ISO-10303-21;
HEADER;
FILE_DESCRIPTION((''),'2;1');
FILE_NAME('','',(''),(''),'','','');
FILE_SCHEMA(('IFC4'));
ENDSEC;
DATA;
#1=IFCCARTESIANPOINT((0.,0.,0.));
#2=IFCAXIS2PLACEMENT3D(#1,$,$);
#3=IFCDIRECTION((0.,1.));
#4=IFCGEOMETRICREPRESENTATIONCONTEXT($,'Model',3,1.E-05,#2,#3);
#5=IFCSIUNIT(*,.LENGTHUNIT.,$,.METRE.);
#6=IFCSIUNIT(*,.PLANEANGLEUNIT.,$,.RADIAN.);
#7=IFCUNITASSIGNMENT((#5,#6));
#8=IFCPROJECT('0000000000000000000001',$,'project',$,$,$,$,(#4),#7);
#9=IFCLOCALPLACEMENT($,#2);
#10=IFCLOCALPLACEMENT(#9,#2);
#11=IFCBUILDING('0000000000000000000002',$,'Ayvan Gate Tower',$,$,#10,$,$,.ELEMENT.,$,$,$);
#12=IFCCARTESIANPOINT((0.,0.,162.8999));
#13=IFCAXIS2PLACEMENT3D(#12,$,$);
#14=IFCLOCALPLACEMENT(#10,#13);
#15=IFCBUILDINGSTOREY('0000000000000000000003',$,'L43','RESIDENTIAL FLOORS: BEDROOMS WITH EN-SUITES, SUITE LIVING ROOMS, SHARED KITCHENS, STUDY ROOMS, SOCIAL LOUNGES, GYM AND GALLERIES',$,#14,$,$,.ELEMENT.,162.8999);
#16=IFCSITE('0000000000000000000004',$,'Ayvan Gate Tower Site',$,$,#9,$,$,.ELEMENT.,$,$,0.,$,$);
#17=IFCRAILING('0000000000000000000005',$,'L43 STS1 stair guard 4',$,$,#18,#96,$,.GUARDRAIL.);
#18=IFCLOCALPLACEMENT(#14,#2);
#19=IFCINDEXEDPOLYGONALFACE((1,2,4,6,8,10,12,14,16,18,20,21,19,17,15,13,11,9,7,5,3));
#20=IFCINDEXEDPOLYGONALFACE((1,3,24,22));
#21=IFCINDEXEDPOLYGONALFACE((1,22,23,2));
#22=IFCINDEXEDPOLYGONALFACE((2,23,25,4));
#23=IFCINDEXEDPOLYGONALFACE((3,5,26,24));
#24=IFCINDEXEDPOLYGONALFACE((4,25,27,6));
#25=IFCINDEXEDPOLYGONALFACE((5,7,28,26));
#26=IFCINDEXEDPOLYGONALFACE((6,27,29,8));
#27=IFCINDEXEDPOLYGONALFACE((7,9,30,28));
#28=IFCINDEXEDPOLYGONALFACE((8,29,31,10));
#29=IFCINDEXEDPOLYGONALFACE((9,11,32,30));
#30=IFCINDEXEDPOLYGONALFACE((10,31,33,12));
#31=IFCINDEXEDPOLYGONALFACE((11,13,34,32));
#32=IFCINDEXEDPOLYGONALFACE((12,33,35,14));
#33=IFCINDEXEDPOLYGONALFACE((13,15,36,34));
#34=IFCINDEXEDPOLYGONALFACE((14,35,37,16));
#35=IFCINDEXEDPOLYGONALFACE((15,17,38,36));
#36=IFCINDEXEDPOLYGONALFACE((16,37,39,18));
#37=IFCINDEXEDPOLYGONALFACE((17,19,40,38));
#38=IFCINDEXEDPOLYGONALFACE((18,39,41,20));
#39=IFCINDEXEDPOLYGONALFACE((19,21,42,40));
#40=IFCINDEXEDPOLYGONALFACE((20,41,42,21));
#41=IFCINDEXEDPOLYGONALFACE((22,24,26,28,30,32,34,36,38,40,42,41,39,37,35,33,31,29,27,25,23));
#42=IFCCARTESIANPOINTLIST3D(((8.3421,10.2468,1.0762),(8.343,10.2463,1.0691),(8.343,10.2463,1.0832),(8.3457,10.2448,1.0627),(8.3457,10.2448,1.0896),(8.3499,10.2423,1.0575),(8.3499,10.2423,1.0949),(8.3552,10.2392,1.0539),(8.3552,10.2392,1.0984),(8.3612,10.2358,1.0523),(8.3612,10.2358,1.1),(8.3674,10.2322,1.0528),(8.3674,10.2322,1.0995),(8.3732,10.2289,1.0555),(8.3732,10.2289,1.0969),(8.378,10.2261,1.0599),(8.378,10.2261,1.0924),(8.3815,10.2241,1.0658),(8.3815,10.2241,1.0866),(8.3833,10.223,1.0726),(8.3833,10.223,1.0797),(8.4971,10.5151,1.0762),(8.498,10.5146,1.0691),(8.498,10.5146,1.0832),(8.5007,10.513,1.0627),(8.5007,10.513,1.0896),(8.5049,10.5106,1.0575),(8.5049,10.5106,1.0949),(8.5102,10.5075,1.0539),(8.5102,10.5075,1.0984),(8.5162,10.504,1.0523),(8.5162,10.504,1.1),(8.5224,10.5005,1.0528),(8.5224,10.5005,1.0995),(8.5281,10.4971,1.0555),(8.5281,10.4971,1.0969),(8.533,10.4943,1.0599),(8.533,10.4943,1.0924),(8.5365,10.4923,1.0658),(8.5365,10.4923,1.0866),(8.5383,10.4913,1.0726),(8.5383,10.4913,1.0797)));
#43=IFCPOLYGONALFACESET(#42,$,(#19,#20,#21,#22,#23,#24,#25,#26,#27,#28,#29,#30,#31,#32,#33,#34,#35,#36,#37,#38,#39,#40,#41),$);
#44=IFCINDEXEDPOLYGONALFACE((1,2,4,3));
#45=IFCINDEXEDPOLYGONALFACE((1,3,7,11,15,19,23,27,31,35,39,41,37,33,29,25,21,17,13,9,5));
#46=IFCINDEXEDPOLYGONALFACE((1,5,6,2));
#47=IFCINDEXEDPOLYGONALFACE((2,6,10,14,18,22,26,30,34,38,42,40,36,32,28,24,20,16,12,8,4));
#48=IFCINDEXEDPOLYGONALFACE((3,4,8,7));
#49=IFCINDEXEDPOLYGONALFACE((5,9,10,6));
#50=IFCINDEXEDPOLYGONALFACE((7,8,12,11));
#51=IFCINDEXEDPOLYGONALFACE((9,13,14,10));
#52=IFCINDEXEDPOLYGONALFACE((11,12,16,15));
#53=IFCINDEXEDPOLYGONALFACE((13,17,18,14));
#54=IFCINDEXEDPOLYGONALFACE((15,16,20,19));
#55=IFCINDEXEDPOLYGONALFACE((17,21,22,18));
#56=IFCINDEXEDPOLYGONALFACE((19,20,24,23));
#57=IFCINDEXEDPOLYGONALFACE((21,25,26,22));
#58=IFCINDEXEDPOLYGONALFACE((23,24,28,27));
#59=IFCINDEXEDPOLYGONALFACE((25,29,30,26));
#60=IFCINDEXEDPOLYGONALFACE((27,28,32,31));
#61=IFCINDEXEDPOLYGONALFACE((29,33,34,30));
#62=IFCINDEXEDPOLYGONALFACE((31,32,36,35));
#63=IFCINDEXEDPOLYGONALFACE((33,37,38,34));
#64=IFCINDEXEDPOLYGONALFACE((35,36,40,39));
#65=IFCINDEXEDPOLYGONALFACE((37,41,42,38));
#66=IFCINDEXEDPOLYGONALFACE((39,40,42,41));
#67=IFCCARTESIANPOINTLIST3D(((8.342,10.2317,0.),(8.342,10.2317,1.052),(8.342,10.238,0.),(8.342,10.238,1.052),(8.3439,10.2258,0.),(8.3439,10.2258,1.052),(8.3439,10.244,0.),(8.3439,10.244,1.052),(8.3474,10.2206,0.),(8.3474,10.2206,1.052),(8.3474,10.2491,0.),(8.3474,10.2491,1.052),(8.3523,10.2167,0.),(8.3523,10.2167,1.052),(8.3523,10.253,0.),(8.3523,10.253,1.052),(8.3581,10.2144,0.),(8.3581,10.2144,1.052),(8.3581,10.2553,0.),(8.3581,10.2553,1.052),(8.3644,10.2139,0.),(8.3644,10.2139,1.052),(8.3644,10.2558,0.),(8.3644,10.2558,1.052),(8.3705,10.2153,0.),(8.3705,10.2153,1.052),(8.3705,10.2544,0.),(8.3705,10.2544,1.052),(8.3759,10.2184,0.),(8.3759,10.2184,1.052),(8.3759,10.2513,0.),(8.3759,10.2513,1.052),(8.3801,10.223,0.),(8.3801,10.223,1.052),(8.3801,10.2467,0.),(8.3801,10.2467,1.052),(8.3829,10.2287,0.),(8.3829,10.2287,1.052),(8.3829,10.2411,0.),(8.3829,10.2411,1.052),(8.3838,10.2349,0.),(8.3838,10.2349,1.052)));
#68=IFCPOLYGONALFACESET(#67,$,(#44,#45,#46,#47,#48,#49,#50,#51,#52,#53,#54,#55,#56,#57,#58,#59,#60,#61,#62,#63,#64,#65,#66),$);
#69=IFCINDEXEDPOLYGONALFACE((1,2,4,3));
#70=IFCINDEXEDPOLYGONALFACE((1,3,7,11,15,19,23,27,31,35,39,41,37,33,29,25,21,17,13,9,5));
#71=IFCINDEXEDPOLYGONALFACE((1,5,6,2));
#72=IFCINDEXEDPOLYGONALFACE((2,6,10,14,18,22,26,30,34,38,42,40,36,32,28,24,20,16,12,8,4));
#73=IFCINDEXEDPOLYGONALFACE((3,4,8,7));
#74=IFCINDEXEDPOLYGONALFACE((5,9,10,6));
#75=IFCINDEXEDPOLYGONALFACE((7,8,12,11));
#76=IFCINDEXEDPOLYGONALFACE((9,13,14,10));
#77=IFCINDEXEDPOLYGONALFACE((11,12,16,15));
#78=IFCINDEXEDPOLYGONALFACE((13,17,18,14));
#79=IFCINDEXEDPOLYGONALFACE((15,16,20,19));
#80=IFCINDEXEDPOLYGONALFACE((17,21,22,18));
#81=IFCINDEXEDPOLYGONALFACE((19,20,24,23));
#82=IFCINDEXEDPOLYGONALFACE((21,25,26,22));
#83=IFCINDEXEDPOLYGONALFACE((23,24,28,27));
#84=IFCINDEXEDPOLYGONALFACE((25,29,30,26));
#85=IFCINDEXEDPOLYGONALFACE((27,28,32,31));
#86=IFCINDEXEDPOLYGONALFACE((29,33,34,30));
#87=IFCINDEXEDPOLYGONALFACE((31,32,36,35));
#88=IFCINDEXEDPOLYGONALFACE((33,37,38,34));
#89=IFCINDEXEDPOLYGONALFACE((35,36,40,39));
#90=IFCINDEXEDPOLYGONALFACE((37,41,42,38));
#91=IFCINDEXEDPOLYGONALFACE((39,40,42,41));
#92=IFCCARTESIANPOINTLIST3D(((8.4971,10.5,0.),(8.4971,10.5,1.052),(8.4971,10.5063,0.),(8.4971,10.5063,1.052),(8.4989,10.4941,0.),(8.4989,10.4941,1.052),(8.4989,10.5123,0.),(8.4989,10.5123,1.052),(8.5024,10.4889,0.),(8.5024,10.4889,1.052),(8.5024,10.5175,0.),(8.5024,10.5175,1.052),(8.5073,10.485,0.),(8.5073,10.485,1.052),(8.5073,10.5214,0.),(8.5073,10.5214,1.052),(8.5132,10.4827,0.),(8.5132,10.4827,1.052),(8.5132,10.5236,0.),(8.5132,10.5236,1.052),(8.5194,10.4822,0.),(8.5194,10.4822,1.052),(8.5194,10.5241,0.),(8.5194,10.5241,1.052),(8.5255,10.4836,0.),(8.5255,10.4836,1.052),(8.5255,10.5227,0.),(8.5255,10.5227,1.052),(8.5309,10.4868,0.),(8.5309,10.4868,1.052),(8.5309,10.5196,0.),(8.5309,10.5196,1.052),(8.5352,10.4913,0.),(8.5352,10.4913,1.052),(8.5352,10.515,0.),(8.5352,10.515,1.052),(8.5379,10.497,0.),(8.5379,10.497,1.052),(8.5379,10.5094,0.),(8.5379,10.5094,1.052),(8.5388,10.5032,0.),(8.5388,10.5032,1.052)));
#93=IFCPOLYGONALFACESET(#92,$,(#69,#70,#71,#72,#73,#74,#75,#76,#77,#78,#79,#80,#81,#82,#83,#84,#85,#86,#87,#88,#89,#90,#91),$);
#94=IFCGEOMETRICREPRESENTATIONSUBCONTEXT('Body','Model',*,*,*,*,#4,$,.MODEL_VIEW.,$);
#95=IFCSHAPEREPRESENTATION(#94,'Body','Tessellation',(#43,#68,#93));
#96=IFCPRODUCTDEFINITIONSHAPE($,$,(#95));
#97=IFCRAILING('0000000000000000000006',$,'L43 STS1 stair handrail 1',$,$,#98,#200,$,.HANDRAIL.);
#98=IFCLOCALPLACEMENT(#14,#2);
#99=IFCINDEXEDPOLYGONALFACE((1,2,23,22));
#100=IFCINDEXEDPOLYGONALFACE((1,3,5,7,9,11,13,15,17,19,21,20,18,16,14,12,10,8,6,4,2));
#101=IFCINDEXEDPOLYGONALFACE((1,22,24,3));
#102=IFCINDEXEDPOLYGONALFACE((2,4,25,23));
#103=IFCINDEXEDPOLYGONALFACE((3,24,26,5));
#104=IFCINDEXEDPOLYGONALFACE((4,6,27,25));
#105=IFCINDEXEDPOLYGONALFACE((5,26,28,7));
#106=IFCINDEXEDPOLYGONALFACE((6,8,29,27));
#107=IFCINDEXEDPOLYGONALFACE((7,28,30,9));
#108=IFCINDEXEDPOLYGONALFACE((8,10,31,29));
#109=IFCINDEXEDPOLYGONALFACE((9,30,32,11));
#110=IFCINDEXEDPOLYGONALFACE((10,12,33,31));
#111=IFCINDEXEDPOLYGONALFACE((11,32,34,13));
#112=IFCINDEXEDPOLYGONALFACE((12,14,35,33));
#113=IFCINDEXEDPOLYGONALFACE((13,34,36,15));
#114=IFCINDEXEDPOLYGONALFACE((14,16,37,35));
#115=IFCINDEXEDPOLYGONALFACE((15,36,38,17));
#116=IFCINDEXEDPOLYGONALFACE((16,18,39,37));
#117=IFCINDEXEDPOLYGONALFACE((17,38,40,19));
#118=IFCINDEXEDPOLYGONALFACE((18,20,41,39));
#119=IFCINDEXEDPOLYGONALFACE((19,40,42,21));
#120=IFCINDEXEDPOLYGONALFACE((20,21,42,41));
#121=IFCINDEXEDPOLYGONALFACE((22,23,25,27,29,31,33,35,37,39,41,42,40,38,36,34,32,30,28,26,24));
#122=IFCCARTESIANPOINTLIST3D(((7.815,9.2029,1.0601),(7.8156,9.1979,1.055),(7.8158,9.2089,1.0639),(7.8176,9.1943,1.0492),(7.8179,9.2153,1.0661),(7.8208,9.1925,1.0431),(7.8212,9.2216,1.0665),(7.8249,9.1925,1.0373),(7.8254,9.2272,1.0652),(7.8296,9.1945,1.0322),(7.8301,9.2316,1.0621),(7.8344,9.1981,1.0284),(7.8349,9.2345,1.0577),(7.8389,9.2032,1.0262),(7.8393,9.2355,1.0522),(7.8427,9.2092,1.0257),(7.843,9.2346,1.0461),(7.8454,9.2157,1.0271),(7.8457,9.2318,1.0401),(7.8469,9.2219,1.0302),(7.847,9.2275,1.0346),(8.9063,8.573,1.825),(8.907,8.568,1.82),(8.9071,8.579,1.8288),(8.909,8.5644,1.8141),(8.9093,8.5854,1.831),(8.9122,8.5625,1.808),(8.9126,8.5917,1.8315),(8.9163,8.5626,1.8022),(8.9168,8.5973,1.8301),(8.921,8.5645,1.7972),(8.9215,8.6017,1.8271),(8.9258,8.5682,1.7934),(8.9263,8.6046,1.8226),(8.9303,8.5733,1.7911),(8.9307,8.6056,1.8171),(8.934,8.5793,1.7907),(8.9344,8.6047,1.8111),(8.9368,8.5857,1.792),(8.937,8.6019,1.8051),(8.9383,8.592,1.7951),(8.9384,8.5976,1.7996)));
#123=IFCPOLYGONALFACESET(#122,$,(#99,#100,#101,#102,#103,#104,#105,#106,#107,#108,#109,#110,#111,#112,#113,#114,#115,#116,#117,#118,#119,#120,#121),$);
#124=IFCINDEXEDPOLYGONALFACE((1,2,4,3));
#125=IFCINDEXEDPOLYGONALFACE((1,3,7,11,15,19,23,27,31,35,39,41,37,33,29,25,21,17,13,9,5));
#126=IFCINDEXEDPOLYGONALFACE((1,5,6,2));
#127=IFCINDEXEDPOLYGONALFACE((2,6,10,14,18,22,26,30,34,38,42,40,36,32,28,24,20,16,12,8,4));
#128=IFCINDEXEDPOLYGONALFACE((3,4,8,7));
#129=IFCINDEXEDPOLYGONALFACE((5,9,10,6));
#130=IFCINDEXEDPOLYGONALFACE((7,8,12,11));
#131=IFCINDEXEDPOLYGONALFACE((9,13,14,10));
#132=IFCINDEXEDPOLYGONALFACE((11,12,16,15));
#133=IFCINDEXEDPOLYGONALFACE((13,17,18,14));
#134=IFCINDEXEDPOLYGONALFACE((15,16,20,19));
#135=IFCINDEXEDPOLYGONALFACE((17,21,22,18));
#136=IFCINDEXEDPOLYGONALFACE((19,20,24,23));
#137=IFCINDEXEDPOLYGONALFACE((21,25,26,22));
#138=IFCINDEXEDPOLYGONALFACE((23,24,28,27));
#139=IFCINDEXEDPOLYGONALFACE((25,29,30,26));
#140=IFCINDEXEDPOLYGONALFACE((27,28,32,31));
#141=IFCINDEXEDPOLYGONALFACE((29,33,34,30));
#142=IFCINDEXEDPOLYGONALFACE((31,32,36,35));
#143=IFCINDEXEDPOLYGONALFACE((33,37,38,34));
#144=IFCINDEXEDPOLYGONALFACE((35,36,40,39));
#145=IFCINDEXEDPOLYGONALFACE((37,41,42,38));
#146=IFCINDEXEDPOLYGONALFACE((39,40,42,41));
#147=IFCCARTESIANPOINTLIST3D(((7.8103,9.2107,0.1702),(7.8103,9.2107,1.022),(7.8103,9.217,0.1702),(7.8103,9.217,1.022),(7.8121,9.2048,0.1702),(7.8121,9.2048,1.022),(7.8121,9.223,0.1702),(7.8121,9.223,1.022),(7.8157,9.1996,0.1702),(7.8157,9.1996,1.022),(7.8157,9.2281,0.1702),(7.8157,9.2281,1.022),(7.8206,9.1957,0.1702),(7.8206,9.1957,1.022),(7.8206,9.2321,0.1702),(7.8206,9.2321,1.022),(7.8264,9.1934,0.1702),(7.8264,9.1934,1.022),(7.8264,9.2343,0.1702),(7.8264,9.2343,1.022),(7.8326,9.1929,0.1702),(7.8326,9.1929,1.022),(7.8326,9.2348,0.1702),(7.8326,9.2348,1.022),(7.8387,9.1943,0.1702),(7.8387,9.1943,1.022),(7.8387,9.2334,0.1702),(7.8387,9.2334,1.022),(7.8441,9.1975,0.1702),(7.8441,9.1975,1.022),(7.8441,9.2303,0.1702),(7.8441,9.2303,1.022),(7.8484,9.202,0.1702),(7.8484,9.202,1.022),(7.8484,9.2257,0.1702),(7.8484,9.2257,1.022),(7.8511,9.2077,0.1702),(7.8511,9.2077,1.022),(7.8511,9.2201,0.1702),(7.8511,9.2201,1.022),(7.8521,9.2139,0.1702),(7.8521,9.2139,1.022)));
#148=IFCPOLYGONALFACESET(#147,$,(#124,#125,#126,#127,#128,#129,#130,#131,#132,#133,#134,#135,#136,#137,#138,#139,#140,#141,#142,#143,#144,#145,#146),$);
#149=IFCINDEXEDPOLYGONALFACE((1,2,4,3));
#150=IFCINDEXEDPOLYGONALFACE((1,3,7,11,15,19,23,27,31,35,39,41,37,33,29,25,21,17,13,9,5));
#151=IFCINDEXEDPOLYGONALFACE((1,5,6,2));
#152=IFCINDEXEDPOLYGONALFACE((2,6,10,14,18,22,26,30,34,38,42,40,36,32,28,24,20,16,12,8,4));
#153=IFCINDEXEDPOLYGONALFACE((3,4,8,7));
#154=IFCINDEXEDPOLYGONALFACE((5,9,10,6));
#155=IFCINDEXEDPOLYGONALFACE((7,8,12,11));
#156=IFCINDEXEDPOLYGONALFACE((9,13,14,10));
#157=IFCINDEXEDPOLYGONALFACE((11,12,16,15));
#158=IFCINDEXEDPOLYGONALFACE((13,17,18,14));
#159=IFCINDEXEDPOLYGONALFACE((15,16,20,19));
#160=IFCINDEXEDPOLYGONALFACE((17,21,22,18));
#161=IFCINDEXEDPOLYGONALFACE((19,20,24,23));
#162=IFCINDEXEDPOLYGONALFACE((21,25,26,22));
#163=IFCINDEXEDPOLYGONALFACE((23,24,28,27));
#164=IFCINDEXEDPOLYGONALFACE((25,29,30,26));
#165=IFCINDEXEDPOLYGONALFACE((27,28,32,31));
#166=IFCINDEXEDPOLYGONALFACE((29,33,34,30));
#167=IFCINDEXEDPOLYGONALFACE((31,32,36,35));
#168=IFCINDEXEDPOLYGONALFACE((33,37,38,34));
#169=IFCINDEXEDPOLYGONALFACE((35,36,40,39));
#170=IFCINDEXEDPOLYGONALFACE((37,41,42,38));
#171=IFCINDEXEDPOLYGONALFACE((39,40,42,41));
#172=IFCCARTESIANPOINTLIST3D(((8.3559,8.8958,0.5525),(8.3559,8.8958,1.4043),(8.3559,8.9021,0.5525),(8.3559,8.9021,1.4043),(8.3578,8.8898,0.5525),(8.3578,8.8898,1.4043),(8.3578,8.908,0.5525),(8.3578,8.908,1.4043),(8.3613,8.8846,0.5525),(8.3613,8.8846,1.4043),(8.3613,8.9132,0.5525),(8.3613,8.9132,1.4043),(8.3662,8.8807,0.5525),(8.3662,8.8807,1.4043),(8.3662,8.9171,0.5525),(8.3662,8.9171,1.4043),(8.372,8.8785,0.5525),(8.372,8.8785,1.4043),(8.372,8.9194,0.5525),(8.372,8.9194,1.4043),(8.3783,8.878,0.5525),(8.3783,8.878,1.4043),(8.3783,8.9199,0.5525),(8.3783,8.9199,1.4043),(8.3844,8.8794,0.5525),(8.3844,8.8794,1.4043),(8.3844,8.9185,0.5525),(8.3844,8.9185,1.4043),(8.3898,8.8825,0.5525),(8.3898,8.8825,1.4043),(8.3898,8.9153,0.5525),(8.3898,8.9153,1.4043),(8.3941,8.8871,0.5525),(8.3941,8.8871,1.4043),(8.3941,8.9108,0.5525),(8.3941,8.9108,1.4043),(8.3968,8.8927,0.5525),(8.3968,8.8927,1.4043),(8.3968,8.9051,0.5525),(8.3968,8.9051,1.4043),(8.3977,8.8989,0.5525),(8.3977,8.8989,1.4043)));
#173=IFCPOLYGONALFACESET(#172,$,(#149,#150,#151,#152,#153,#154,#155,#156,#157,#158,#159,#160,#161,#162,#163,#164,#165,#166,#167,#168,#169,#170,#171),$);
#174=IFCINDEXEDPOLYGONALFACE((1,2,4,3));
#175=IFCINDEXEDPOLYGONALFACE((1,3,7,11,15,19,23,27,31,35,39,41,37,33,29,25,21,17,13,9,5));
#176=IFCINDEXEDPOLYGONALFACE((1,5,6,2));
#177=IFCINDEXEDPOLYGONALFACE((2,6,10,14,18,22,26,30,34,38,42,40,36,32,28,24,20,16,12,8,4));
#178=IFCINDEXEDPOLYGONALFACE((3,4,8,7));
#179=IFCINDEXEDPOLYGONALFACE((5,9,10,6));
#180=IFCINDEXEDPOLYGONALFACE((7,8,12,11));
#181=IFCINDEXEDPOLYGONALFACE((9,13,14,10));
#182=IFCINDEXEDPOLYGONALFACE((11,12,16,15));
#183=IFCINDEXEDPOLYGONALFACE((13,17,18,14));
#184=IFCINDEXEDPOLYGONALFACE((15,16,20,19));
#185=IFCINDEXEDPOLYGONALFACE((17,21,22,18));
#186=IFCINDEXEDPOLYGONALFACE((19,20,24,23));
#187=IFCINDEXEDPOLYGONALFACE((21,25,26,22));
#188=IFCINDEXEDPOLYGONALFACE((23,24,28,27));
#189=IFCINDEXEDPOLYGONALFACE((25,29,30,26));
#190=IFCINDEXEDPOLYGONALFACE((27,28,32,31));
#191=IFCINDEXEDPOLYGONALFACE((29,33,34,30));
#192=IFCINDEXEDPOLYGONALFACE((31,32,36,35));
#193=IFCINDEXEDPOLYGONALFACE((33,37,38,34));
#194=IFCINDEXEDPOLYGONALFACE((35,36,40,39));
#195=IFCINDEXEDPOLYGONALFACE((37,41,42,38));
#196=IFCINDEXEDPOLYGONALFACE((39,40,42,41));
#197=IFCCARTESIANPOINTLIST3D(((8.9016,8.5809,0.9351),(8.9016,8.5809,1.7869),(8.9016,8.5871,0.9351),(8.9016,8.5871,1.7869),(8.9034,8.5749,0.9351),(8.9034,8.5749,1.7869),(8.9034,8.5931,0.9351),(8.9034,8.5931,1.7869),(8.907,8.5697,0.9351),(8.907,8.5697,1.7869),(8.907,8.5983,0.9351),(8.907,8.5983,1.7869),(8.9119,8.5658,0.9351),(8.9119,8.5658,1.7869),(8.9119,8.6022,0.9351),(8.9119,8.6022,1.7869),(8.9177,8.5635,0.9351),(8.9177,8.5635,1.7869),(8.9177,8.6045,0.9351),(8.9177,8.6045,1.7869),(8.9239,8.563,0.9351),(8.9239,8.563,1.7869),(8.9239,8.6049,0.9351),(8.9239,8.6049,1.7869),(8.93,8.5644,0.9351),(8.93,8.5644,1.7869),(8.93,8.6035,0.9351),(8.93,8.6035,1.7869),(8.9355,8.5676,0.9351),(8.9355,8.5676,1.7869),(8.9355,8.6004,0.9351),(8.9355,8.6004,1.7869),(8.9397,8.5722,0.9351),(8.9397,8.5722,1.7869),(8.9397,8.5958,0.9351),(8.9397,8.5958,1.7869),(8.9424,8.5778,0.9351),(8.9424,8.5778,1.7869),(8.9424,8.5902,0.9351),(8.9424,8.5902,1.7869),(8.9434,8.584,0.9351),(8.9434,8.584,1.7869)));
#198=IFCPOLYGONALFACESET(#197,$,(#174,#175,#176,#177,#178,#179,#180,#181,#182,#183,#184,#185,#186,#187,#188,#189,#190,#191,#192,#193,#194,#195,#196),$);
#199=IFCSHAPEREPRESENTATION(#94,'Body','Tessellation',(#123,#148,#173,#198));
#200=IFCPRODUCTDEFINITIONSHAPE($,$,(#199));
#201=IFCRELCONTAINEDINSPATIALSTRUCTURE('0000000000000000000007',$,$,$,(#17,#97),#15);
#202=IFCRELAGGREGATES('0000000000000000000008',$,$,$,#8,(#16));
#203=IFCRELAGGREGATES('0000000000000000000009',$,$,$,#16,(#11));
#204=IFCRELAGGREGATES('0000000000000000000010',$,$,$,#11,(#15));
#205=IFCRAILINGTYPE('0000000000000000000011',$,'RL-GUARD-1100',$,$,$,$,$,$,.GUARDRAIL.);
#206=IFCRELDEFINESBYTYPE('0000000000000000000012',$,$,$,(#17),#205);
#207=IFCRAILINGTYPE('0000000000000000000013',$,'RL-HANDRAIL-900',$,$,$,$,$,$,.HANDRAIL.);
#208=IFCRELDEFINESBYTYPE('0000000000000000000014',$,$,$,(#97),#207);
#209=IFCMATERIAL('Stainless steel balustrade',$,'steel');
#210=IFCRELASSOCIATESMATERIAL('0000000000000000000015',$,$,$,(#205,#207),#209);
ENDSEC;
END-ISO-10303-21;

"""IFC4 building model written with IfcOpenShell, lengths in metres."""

from ifc_helpers import new_model, si_unit, direction, frame, origin, origin_2d, place, context, subcontext, project, spatial, circle, extrude, material, type_object, element, save


model = new_model("IFC4")

# Units and contexts
model_context = context("Model", 3, precision=1e-05, world=origin(), true_north=direction((0.0, 1.0)))
body_context = subcontext(model_context, "Body", "Model", "MODEL_VIEW")
ifc_project = project(units=[si_unit("LENGTHUNIT", "METRE"), si_unit("PLANEANGLEUNIT", "RADIAN")], contexts=[model_context])

# Site, building, storey
site_placement = place(None, origin())
site = spatial("IfcSite", under=ifc_project, at=site_placement, Name="Ayvan Gate Tower Site", CompositionType="ELEMENT", RefElevation=0.0)
building_placement = place(site_placement, origin())
building = spatial("IfcBuilding", under=site, at=building_placement, Name="Ayvan Gate Tower", CompositionType="ELEMENT")
storey_placement = place(building_placement, frame((0.0, 0.0, 162.8999)))
storey = spatial("IfcBuildingStorey", under=building, at=storey_placement, Name="L43", Description="RESIDENTIAL FLOORS: BEDROOMS WITH EN-SUITES, SUITE LIVING ROOMS, SHARED KITCHENS, STUDY ROOMS, SOCIAL LOUNGES, GYM AND GALLERIES", CompositionType="ELEMENT", Elevation=162.8999)

# Railings
ifc_material_1 = material(Name="Stainless steel balustrade", Category="steel")
railing_type_1 = type_object("IfcRailingType", Name="RL-GUARD-1100", PredefinedType="GUARDRAIL", material=ifc_material_1)
railing_1_placement = place(storey_placement, frame((8.3628, 10.2349, 0.0)))
element("IfcRailing", 1, at=railing_1_placement, inside=storey, type_object=railing_type_1, Name="L43 STS1 stair guard 4", PredefinedType="GUARDRAIL", context=body_context, shape_type="SweptSolid", body=[
    extrude(circle(Radius=0.0239, at=origin_2d()), frame((0.0, 0.0, 1.0762), z_axis=(0.500291, 0.865857, 0.0), x_axis=(-0.865857, 0.500291, 0.0)), (0.0, 0.0, 1.0), 0.3098),
    extrude(circle(Radius=0.021, at=origin_2d()), origin(), (0.0, 0.0, 1.0), 1.052),
    extrude(circle(Radius=0.021, at=origin_2d()), frame((0.155, 0.2683, 0.0)), (0.0, 0.0, 1.0), 1.052),
])
railing_type_2 = type_object("IfcRailingType", Name="RL-HANDRAIL-900", PredefinedType="HANDRAIL", material=ifc_material_1)
railing_2_placement = place(storey_placement, frame((7.8311, 9.2139, 0.1702)))
element("IfcRailing", 2, at=railing_2_placement, inside=storey, type_object=railing_type_2, Name="L43 STS1 stair handrail 1", PredefinedType="HANDRAIL", context=body_context, shape_type="SweptSolid", body=[
    extrude(circle(Radius=0.0239, at=origin_2d()), frame((0.0, 0.0, 0.876), z_axis=(0.740357, -0.42732, 0.518912), x_axis=(0.49989, 0.866089, 0.0)), (0.0, 0.0, 1.0), 1.4741),
    extrude(circle(Radius=0.021, at=origin_2d()), origin(), (0.0, 0.0, 1.0), 0.8518),
    extrude(circle(Radius=0.021, at=origin_2d()), frame((0.5457, -0.3149, 0.3823)), (0.0, 0.0, 1.0), 0.8518),
    extrude(circle(Radius=0.021, at=origin_2d()), frame((1.0913, -0.6299, 0.7649)), (0.0, 0.0, 1.0), 0.8518),
])

save(model, "model.ifc")
